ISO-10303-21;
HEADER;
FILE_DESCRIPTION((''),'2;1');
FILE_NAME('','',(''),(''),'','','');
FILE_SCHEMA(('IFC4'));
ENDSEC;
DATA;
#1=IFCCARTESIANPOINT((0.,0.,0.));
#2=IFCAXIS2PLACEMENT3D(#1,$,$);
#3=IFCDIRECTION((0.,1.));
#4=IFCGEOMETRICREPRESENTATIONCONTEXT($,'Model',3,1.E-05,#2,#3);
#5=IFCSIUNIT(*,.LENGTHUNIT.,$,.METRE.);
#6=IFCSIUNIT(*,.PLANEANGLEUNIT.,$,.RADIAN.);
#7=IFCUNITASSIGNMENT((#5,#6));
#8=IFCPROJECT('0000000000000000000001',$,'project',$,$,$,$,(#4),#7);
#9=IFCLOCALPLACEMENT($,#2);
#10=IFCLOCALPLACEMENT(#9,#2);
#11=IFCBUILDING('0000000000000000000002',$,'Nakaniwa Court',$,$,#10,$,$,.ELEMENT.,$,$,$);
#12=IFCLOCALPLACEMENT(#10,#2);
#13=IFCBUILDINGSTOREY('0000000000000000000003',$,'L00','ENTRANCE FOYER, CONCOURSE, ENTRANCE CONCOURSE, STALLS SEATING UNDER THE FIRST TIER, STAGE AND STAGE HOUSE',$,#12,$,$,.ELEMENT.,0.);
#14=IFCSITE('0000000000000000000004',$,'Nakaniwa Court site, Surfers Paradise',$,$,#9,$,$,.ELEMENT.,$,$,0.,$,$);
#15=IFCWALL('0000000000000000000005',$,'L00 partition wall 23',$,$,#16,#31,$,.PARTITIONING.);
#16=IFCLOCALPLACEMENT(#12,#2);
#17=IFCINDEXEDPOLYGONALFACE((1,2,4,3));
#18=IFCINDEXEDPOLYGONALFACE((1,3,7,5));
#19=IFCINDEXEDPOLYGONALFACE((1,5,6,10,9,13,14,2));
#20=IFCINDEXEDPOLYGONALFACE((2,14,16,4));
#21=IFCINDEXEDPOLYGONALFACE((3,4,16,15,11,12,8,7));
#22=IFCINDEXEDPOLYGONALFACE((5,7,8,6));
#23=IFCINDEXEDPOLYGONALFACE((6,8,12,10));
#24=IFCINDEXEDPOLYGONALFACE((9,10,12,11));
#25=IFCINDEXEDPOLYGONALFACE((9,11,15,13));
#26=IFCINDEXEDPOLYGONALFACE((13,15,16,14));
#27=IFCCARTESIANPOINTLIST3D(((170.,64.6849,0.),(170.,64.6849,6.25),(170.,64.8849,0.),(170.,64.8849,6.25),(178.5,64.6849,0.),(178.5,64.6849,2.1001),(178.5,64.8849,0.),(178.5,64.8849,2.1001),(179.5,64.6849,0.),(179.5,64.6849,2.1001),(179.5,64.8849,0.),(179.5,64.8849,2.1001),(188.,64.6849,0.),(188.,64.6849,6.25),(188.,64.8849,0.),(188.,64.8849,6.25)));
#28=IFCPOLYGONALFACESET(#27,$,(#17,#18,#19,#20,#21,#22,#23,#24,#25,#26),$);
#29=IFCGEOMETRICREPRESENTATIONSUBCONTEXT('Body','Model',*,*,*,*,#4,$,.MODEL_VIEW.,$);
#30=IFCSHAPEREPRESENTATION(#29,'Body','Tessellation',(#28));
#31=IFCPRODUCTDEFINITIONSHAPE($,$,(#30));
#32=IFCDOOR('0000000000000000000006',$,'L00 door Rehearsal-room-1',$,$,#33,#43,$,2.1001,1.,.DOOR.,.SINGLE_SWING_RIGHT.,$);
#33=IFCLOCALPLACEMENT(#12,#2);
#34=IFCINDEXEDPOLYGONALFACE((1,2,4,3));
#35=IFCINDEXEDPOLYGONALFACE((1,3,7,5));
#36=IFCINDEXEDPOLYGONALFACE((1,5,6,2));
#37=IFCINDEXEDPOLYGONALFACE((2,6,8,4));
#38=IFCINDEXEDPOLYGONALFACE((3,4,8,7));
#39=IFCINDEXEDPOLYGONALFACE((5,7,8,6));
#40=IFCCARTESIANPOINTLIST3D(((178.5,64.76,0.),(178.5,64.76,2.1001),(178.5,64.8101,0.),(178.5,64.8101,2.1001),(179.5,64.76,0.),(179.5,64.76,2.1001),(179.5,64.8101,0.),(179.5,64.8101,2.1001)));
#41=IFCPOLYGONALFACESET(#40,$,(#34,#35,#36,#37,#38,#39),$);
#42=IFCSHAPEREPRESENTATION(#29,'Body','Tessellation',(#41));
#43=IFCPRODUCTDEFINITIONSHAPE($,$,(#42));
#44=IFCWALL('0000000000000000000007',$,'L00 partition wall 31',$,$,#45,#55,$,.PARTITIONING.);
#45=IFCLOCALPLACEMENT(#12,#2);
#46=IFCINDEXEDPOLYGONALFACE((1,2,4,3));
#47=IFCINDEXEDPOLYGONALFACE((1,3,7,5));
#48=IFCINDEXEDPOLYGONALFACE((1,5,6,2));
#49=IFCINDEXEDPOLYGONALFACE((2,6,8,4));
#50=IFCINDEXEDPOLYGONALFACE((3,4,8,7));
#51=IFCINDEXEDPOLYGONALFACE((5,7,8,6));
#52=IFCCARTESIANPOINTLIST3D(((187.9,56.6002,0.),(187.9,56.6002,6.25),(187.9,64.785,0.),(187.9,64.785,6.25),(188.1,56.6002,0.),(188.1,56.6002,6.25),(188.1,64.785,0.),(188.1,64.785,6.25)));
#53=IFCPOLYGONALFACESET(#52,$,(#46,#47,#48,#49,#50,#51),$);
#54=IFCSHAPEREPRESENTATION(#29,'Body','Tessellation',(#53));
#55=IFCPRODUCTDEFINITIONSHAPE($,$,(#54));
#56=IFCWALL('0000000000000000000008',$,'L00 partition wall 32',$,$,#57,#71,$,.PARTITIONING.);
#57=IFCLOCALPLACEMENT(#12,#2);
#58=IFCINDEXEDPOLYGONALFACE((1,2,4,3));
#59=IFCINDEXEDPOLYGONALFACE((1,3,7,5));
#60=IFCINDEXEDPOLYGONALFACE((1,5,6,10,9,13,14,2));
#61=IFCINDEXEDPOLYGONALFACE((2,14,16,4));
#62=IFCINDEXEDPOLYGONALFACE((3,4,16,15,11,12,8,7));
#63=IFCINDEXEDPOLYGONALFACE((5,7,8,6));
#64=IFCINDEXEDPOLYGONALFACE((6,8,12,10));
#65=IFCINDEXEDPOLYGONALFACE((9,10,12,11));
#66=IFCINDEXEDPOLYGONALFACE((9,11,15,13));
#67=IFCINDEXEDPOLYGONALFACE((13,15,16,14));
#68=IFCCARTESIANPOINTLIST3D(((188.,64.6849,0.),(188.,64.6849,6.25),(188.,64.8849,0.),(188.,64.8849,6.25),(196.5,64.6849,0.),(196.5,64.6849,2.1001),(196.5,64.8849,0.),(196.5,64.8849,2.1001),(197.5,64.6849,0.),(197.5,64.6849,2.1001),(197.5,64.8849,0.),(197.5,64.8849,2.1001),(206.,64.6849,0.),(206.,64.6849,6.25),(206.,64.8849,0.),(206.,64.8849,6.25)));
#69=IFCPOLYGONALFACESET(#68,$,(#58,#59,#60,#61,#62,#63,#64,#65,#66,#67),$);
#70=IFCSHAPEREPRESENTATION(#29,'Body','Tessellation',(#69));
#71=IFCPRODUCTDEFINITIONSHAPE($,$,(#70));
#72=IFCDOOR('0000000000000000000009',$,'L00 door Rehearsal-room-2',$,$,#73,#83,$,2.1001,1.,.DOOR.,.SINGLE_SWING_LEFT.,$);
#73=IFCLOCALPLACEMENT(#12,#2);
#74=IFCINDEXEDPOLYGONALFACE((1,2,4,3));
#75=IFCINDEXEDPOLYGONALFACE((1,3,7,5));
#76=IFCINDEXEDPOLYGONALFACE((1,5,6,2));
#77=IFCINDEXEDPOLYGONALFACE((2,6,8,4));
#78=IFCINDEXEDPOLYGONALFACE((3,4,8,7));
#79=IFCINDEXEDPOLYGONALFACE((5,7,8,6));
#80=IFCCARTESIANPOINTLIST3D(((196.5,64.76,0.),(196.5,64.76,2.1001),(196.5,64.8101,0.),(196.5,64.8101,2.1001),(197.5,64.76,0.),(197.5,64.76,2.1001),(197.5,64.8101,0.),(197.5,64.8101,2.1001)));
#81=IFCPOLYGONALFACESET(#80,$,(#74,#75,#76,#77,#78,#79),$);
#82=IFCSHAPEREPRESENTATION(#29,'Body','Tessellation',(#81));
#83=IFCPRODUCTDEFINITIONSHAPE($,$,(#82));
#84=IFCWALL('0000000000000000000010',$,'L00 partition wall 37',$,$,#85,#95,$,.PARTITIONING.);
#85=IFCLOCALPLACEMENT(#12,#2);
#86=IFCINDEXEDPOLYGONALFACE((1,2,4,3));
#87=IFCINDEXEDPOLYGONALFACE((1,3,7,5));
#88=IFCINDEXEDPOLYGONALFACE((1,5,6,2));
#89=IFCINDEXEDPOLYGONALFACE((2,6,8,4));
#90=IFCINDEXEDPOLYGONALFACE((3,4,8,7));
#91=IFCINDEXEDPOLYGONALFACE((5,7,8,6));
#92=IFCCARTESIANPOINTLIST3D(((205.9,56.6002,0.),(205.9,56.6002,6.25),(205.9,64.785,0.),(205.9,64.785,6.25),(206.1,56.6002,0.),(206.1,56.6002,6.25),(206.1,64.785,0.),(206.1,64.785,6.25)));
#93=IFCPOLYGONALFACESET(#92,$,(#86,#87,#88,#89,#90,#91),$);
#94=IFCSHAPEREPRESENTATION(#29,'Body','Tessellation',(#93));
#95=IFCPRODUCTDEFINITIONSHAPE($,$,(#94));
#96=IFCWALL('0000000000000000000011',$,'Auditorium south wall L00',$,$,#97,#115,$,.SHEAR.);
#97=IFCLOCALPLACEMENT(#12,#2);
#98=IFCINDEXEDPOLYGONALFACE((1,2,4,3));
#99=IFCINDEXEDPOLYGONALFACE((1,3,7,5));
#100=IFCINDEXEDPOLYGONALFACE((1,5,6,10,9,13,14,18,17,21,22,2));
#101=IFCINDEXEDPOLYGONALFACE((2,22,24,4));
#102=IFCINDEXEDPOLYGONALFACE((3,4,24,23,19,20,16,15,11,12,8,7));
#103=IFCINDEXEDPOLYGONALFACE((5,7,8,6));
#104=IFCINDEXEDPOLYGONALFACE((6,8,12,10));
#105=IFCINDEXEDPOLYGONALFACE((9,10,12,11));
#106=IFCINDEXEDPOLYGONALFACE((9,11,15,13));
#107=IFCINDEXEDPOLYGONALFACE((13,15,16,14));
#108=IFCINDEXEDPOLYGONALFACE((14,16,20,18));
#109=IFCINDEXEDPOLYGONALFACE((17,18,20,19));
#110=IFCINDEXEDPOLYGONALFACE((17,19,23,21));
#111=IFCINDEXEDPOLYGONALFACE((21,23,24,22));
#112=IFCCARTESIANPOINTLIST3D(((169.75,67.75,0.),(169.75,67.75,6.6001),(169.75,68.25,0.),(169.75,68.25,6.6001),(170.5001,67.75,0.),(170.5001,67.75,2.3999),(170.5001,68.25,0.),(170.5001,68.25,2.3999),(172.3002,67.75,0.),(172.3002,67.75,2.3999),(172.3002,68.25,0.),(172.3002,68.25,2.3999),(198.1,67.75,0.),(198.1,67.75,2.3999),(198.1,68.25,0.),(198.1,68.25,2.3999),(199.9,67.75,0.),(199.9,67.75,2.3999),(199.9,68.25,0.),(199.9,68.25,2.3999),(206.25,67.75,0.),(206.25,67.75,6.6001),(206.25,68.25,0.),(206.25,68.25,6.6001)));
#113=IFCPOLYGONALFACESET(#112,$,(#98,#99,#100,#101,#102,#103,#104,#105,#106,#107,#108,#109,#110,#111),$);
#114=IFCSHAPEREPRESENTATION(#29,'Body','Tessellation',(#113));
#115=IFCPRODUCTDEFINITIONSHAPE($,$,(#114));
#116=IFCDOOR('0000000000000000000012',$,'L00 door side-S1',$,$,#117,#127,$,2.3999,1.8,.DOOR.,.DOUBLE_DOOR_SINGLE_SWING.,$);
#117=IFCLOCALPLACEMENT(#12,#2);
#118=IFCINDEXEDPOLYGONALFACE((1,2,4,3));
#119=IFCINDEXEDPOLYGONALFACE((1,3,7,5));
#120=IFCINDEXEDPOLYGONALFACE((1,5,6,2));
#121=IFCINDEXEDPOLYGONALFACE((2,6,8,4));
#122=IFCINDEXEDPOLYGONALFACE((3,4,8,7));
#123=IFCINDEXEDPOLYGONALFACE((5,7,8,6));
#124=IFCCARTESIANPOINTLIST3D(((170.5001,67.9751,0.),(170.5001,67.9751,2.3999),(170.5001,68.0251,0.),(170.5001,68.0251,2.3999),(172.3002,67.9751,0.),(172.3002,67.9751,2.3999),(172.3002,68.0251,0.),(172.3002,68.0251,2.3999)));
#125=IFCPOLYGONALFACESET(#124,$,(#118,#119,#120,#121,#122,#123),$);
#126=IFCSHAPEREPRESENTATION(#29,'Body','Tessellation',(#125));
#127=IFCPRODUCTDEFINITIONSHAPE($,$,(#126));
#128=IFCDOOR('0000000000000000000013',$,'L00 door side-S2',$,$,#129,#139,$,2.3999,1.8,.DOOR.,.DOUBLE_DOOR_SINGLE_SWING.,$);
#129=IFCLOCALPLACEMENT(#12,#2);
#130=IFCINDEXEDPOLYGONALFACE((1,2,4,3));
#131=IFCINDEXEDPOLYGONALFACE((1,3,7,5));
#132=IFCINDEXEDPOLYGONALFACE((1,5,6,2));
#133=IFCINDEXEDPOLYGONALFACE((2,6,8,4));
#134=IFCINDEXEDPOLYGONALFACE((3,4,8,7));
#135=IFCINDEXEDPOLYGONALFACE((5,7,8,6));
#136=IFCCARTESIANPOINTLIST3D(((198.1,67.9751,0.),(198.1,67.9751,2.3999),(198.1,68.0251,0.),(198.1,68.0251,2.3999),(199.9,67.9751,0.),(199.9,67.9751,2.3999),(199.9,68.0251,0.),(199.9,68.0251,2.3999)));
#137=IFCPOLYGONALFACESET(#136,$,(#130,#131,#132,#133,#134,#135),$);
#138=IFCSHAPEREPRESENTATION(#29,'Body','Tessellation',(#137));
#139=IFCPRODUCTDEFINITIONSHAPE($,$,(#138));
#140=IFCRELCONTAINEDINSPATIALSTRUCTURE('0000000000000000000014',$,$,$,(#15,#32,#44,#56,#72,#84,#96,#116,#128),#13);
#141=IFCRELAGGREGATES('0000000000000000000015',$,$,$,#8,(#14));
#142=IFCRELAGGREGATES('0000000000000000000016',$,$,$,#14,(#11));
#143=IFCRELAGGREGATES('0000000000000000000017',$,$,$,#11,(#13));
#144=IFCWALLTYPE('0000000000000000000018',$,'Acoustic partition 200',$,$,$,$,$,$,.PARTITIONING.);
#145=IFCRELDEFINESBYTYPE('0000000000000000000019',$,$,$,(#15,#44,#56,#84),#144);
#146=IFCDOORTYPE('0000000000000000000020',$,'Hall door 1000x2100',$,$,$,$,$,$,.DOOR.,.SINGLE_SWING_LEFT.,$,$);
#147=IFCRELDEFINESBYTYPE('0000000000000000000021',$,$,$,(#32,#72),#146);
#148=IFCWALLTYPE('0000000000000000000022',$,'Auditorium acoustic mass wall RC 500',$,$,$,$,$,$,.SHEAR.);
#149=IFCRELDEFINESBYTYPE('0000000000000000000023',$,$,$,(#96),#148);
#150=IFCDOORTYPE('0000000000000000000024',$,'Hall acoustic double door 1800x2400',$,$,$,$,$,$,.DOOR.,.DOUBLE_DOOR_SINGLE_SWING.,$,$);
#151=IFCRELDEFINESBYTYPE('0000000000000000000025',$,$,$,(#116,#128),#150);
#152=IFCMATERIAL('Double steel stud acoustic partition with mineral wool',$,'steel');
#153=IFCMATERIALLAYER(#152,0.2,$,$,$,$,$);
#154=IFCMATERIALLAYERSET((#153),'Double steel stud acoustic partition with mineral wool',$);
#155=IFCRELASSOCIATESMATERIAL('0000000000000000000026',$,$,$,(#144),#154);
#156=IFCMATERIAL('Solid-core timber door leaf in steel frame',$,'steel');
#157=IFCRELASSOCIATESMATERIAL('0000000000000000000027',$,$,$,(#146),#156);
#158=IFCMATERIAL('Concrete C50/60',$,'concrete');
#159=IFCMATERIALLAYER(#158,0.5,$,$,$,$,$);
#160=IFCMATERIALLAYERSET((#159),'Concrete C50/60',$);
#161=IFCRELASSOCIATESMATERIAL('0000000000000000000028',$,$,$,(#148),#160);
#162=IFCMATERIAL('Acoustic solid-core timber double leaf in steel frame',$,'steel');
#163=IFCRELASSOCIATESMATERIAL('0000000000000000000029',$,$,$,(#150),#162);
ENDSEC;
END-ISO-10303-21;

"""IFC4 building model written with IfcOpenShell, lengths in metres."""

from ifc_helpers import new_model, si_unit, direction, frame, frame_2d, origin, place, context, subcontext, project, spatial, rectangle, extrude, material, layer, layer_set, type_object, element, fill, save


model = new_model("IFC4")

# Units and contexts
model_context = context("Model", 3, precision=1e-05, world=origin(), true_north=direction((0.0, 1.0)))
body_context = subcontext(model_context, "Body", "Model", "MODEL_VIEW")
ifc_project = project(units=[si_unit("LENGTHUNIT", "METRE"), si_unit("PLANEANGLEUNIT", "RADIAN")], contexts=[model_context])

# Site, building, storey
site_placement = place(None, origin())
site = spatial("IfcSite", under=ifc_project, at=site_placement, Name="Nakaniwa Court site, Surfers Paradise", CompositionType="ELEMENT", RefElevation=0.0)
building_placement = place(site_placement, origin())
building = spatial("IfcBuilding", under=site, at=building_placement, Name="Nakaniwa Court", CompositionType="ELEMENT")
storey_placement = place(building_placement, origin())
storey = spatial("IfcBuildingStorey", under=building, at=storey_placement, Name="L00", Description="ENTRANCE FOYER, CONCOURSE, ENTRANCE CONCOURSE, STALLS SEATING UNDER THE FIRST TIER, STAGE AND STAGE HOUSE", CompositionType="ELEMENT", Elevation=0.0)

# Wall, opening, door
ifc_material_1 = material(Name="Double steel stud acoustic partition with mineral wool", Category="steel")
ifc_layer_1 = layer(ifc_material_1, 0.2)
ifc_layer_set_1 = layer_set([ifc_layer_1], Name="Double steel stud acoustic partition with mineral wool")
wall_type_1 = type_object("IfcWallType", Name="Acoustic partition 200", PredefinedType="PARTITIONING", material=ifc_layer_set_1)
wall_1_placement = place(storey_placement, frame((188.0, 64.7849, 0.0), z_axis=(0.0, 0.0, 1.0), x_axis=(-1.0, 0.0, 0.0)))
wall_1 = element("IfcWall", 1, at=wall_1_placement, inside=storey, type_object=wall_type_1, Name="L00 partition wall 23", PredefinedType="PARTITIONING", context=body_context, shape_type="SweptSolid", body=[
    extrude(rectangle(XDim=18.0, YDim=0.2, at=frame_2d((9.0, 0.0))), origin(), (0.0, 0.0, 1.0), 6.25),
])
opening_1_placement = place(wall_1_placement, frame((8.5, 0.0, 0.0)))
opening_1 = element("IfcOpeningElement", 2, at=opening_1_placement, cuts=wall_1, PredefinedType="OPENING", context=body_context, shape_type="SweptSolid", body=[
    extrude(rectangle(XDim=1.0, YDim=2.1001, at=frame_2d((0.5, 1.05))), frame((0.0, 0.1099, 0.0), z_axis=(0.0, -1.0, 0.0), x_axis=(1.0, 0.0, 0.0)), (0.0, 0.0, 1.0), 0.22),
])
ifc_material_2 = material(Name="Solid-core timber door leaf in steel frame", Category="steel")
door_type_1 = type_object("IfcDoorType", Name="Hall door 1000x2100", OperationType="SINGLE_SWING_LEFT", PredefinedType="DOOR", material=ifc_material_2)
door_1_placement = place(opening_1_placement, origin())
door_1 = element("IfcDoor", 3, at=door_1_placement, inside=storey, type_object=door_type_1, Name="L00 door Rehearsal-room-1", OperationType="SINGLE_SWING_RIGHT", OverallHeight=2.1001, OverallWidth=1.0, PredefinedType="DOOR", context=body_context, shape_type="SweptSolid", body=[
    extrude(rectangle(XDim=1.0, YDim=2.1001, at=frame_2d((0.5, 1.05))), frame((0.0, 0.0249, 0.0), z_axis=(0.0, -1.0, 0.0), x_axis=(1.0, 0.0, 0.0)), (0.0, 0.0, 1.0), 0.05),
])
fill(opening_1, door_1)

# Wall
wall_2_placement = place(storey_placement, frame((188.0, 64.7849, 0.0), z_axis=(0.0, 0.0, 1.0), x_axis=(0.0, -1.0, 0.0)))
element("IfcWall", 4, at=wall_2_placement, inside=storey, type_object=wall_type_1, Name="L00 partition wall 31", PredefinedType="PARTITIONING", context=body_context, shape_type="SweptSolid", body=[
    extrude(rectangle(XDim=8.1848, YDim=0.2, at=frame_2d((4.0923, 0.0))), origin(), (0.0, 0.0, 1.0), 6.25),
])

# Wall, opening, door
wall_3_placement = place(storey_placement, frame((206.0, 64.7849, 0.0), z_axis=(0.0, 0.0, 1.0), x_axis=(-1.0, 0.0, 0.0)))
wall_3 = element("IfcWall", 5, at=wall_3_placement, inside=storey, type_object=wall_type_1, Name="L00 partition wall 32", PredefinedType="PARTITIONING", context=body_context, shape_type="SweptSolid", body=[
    extrude(rectangle(XDim=18.0, YDim=0.2, at=frame_2d((9.0, 0.0))), origin(), (0.0, 0.0, 1.0), 6.25),
])
opening_2_placement = place(wall_3_placement, frame((8.5, 0.0, 0.0)))
opening_2 = element("IfcOpeningElement", 6, at=opening_2_placement, cuts=wall_3, PredefinedType="OPENING", context=body_context, shape_type="SweptSolid", body=[
    extrude(rectangle(XDim=1.0, YDim=2.1001, at=frame_2d((0.5, 1.05))), frame((0.0, 0.1099, 0.0), z_axis=(0.0, -1.0, 0.0), x_axis=(1.0, 0.0, 0.0)), (0.0, 0.0, 1.0), 0.22),
])
door_2_placement = place(opening_2_placement, origin())
door_2 = element("IfcDoor", 7, at=door_2_placement, inside=storey, type_object=door_type_1, Name="L00 door Rehearsal-room-2", OperationType="SINGLE_SWING_LEFT", OverallHeight=2.1001, OverallWidth=1.0, PredefinedType="DOOR", context=body_context, shape_type="SweptSolid", body=[
    extrude(rectangle(XDim=1.0, YDim=2.1001, at=frame_2d((0.5, 1.05))), frame((0.0, 0.0249, 0.0), z_axis=(0.0, -1.0, 0.0), x_axis=(1.0, 0.0, 0.0)), (0.0, 0.0, 1.0), 0.05),
])
fill(opening_2, door_2)

# Wall
wall_4_placement = place(storey_placement, frame((206.0, 64.7849, 0.0), z_axis=(0.0, 0.0, 1.0), x_axis=(0.0, -1.0, 0.0)))
element("IfcWall", 8, at=wall_4_placement, inside=storey, type_object=wall_type_1, Name="L00 partition wall 37", PredefinedType="PARTITIONING", context=body_context, shape_type="SweptSolid", body=[
    extrude(rectangle(XDim=8.1848, YDim=0.2, at=frame_2d((4.0923, 0.0))), origin(), (0.0, 0.0, 1.0), 6.25),
])

# Wall, openings, doors
ifc_material_3 = material(Name="Concrete C50/60", Category="concrete")
ifc_layer_2 = layer(ifc_material_3, 0.5)
ifc_layer_set_2 = layer_set([ifc_layer_2], Name="Concrete C50/60")
wall_type_2 = type_object("IfcWallType", Name="Auditorium acoustic mass wall RC 500", PredefinedType="SHEAR", material=ifc_layer_set_2)
wall_5_placement = place(storey_placement, frame((206.25, 68.0, 0.0), z_axis=(0.0, 0.0, 1.0), x_axis=(-1.0, 0.0, 0.0)))
wall_5 = element("IfcWall", 9, at=wall_5_placement, inside=storey, type_object=wall_type_2, Name="Auditorium south wall L00", PredefinedType="SHEAR", context=body_context, shape_type="SweptSolid", body=[
    extrude(rectangle(XDim=36.5, YDim=0.5, at=frame_2d((18.25, 0.0))), origin(), (0.0, 0.0, 1.0), 6.6001),
])
opening_3_placement = place(wall_5_placement, frame((33.95, 0.0, 0.0)))
opening_3 = element("IfcOpeningElement", 10, at=opening_3_placement, cuts=wall_5, PredefinedType="OPENING", context=body_context, shape_type="SweptSolid", body=[
    extrude(rectangle(XDim=1.8, YDim=2.3999, at=frame_2d((0.8999, 1.2))), frame((0.0, 0.26, 0.0), z_axis=(0.0, -1.0, 0.0), x_axis=(1.0, 0.0, 0.0)), (0.0, 0.0, 1.0), 0.52),
])
opening_4_placement = place(wall_5_placement, frame((6.3501, 0.0, 0.0)))
opening_4 = element("IfcOpeningElement", 11, at=opening_4_placement, cuts=wall_5, PredefinedType="OPENING", context=body_context, shape_type="SweptSolid", body=[
    extrude(rectangle(XDim=1.8, YDim=2.3999, at=frame_2d((0.8999, 1.2))), frame((0.0, 0.26, 0.0), z_axis=(0.0, -1.0, 0.0), x_axis=(1.0, 0.0, 0.0)), (0.0, 0.0, 1.0), 0.52),
])
ifc_material_4 = material(Name="Acoustic solid-core timber double leaf in steel frame", Category="steel")
door_type_2 = type_object("IfcDoorType", Name="Hall acoustic double door 1800x2400", OperationType="DOUBLE_DOOR_SINGLE_SWING", PredefinedType="DOOR", material=ifc_material_4)
door_3_placement = place(opening_3_placement, origin())
door_3 = element("IfcDoor", 12, at=door_3_placement, inside=storey, type_object=door_type_2, Name="L00 door side-S1", OperationType="DOUBLE_DOOR_SINGLE_SWING", OverallHeight=2.3999, OverallWidth=1.8, PredefinedType="DOOR", context=body_context, shape_type="SweptSolid", body=[
    extrude(rectangle(XDim=1.8, YDim=2.3999, at=frame_2d((0.8999, 1.2))), frame((0.0, 0.0249, 0.0), z_axis=(0.0, -1.0, 0.0), x_axis=(1.0, 0.0, 0.0)), (0.0, 0.0, 1.0), 0.05),
])
fill(opening_3, door_3)
door_4_placement = place(opening_4_placement, origin())
door_4 = element("IfcDoor", 13, at=door_4_placement, inside=storey, type_object=door_type_2, Name="L00 door side-S2", OperationType="DOUBLE_DOOR_SINGLE_SWING", OverallHeight=2.3999, OverallWidth=1.8, PredefinedType="DOOR", context=body_context, shape_type="SweptSolid", body=[
    extrude(rectangle(XDim=1.8, YDim=2.3999, at=frame_2d((0.8999, 1.2))), frame((0.0, 0.0249, 0.0), z_axis=(0.0, -1.0, 0.0), x_axis=(1.0, 0.0, 0.0)), (0.0, 0.0, 1.0), 0.05),
])
fill(opening_4, door_4)

save(model, "model.ifc")
